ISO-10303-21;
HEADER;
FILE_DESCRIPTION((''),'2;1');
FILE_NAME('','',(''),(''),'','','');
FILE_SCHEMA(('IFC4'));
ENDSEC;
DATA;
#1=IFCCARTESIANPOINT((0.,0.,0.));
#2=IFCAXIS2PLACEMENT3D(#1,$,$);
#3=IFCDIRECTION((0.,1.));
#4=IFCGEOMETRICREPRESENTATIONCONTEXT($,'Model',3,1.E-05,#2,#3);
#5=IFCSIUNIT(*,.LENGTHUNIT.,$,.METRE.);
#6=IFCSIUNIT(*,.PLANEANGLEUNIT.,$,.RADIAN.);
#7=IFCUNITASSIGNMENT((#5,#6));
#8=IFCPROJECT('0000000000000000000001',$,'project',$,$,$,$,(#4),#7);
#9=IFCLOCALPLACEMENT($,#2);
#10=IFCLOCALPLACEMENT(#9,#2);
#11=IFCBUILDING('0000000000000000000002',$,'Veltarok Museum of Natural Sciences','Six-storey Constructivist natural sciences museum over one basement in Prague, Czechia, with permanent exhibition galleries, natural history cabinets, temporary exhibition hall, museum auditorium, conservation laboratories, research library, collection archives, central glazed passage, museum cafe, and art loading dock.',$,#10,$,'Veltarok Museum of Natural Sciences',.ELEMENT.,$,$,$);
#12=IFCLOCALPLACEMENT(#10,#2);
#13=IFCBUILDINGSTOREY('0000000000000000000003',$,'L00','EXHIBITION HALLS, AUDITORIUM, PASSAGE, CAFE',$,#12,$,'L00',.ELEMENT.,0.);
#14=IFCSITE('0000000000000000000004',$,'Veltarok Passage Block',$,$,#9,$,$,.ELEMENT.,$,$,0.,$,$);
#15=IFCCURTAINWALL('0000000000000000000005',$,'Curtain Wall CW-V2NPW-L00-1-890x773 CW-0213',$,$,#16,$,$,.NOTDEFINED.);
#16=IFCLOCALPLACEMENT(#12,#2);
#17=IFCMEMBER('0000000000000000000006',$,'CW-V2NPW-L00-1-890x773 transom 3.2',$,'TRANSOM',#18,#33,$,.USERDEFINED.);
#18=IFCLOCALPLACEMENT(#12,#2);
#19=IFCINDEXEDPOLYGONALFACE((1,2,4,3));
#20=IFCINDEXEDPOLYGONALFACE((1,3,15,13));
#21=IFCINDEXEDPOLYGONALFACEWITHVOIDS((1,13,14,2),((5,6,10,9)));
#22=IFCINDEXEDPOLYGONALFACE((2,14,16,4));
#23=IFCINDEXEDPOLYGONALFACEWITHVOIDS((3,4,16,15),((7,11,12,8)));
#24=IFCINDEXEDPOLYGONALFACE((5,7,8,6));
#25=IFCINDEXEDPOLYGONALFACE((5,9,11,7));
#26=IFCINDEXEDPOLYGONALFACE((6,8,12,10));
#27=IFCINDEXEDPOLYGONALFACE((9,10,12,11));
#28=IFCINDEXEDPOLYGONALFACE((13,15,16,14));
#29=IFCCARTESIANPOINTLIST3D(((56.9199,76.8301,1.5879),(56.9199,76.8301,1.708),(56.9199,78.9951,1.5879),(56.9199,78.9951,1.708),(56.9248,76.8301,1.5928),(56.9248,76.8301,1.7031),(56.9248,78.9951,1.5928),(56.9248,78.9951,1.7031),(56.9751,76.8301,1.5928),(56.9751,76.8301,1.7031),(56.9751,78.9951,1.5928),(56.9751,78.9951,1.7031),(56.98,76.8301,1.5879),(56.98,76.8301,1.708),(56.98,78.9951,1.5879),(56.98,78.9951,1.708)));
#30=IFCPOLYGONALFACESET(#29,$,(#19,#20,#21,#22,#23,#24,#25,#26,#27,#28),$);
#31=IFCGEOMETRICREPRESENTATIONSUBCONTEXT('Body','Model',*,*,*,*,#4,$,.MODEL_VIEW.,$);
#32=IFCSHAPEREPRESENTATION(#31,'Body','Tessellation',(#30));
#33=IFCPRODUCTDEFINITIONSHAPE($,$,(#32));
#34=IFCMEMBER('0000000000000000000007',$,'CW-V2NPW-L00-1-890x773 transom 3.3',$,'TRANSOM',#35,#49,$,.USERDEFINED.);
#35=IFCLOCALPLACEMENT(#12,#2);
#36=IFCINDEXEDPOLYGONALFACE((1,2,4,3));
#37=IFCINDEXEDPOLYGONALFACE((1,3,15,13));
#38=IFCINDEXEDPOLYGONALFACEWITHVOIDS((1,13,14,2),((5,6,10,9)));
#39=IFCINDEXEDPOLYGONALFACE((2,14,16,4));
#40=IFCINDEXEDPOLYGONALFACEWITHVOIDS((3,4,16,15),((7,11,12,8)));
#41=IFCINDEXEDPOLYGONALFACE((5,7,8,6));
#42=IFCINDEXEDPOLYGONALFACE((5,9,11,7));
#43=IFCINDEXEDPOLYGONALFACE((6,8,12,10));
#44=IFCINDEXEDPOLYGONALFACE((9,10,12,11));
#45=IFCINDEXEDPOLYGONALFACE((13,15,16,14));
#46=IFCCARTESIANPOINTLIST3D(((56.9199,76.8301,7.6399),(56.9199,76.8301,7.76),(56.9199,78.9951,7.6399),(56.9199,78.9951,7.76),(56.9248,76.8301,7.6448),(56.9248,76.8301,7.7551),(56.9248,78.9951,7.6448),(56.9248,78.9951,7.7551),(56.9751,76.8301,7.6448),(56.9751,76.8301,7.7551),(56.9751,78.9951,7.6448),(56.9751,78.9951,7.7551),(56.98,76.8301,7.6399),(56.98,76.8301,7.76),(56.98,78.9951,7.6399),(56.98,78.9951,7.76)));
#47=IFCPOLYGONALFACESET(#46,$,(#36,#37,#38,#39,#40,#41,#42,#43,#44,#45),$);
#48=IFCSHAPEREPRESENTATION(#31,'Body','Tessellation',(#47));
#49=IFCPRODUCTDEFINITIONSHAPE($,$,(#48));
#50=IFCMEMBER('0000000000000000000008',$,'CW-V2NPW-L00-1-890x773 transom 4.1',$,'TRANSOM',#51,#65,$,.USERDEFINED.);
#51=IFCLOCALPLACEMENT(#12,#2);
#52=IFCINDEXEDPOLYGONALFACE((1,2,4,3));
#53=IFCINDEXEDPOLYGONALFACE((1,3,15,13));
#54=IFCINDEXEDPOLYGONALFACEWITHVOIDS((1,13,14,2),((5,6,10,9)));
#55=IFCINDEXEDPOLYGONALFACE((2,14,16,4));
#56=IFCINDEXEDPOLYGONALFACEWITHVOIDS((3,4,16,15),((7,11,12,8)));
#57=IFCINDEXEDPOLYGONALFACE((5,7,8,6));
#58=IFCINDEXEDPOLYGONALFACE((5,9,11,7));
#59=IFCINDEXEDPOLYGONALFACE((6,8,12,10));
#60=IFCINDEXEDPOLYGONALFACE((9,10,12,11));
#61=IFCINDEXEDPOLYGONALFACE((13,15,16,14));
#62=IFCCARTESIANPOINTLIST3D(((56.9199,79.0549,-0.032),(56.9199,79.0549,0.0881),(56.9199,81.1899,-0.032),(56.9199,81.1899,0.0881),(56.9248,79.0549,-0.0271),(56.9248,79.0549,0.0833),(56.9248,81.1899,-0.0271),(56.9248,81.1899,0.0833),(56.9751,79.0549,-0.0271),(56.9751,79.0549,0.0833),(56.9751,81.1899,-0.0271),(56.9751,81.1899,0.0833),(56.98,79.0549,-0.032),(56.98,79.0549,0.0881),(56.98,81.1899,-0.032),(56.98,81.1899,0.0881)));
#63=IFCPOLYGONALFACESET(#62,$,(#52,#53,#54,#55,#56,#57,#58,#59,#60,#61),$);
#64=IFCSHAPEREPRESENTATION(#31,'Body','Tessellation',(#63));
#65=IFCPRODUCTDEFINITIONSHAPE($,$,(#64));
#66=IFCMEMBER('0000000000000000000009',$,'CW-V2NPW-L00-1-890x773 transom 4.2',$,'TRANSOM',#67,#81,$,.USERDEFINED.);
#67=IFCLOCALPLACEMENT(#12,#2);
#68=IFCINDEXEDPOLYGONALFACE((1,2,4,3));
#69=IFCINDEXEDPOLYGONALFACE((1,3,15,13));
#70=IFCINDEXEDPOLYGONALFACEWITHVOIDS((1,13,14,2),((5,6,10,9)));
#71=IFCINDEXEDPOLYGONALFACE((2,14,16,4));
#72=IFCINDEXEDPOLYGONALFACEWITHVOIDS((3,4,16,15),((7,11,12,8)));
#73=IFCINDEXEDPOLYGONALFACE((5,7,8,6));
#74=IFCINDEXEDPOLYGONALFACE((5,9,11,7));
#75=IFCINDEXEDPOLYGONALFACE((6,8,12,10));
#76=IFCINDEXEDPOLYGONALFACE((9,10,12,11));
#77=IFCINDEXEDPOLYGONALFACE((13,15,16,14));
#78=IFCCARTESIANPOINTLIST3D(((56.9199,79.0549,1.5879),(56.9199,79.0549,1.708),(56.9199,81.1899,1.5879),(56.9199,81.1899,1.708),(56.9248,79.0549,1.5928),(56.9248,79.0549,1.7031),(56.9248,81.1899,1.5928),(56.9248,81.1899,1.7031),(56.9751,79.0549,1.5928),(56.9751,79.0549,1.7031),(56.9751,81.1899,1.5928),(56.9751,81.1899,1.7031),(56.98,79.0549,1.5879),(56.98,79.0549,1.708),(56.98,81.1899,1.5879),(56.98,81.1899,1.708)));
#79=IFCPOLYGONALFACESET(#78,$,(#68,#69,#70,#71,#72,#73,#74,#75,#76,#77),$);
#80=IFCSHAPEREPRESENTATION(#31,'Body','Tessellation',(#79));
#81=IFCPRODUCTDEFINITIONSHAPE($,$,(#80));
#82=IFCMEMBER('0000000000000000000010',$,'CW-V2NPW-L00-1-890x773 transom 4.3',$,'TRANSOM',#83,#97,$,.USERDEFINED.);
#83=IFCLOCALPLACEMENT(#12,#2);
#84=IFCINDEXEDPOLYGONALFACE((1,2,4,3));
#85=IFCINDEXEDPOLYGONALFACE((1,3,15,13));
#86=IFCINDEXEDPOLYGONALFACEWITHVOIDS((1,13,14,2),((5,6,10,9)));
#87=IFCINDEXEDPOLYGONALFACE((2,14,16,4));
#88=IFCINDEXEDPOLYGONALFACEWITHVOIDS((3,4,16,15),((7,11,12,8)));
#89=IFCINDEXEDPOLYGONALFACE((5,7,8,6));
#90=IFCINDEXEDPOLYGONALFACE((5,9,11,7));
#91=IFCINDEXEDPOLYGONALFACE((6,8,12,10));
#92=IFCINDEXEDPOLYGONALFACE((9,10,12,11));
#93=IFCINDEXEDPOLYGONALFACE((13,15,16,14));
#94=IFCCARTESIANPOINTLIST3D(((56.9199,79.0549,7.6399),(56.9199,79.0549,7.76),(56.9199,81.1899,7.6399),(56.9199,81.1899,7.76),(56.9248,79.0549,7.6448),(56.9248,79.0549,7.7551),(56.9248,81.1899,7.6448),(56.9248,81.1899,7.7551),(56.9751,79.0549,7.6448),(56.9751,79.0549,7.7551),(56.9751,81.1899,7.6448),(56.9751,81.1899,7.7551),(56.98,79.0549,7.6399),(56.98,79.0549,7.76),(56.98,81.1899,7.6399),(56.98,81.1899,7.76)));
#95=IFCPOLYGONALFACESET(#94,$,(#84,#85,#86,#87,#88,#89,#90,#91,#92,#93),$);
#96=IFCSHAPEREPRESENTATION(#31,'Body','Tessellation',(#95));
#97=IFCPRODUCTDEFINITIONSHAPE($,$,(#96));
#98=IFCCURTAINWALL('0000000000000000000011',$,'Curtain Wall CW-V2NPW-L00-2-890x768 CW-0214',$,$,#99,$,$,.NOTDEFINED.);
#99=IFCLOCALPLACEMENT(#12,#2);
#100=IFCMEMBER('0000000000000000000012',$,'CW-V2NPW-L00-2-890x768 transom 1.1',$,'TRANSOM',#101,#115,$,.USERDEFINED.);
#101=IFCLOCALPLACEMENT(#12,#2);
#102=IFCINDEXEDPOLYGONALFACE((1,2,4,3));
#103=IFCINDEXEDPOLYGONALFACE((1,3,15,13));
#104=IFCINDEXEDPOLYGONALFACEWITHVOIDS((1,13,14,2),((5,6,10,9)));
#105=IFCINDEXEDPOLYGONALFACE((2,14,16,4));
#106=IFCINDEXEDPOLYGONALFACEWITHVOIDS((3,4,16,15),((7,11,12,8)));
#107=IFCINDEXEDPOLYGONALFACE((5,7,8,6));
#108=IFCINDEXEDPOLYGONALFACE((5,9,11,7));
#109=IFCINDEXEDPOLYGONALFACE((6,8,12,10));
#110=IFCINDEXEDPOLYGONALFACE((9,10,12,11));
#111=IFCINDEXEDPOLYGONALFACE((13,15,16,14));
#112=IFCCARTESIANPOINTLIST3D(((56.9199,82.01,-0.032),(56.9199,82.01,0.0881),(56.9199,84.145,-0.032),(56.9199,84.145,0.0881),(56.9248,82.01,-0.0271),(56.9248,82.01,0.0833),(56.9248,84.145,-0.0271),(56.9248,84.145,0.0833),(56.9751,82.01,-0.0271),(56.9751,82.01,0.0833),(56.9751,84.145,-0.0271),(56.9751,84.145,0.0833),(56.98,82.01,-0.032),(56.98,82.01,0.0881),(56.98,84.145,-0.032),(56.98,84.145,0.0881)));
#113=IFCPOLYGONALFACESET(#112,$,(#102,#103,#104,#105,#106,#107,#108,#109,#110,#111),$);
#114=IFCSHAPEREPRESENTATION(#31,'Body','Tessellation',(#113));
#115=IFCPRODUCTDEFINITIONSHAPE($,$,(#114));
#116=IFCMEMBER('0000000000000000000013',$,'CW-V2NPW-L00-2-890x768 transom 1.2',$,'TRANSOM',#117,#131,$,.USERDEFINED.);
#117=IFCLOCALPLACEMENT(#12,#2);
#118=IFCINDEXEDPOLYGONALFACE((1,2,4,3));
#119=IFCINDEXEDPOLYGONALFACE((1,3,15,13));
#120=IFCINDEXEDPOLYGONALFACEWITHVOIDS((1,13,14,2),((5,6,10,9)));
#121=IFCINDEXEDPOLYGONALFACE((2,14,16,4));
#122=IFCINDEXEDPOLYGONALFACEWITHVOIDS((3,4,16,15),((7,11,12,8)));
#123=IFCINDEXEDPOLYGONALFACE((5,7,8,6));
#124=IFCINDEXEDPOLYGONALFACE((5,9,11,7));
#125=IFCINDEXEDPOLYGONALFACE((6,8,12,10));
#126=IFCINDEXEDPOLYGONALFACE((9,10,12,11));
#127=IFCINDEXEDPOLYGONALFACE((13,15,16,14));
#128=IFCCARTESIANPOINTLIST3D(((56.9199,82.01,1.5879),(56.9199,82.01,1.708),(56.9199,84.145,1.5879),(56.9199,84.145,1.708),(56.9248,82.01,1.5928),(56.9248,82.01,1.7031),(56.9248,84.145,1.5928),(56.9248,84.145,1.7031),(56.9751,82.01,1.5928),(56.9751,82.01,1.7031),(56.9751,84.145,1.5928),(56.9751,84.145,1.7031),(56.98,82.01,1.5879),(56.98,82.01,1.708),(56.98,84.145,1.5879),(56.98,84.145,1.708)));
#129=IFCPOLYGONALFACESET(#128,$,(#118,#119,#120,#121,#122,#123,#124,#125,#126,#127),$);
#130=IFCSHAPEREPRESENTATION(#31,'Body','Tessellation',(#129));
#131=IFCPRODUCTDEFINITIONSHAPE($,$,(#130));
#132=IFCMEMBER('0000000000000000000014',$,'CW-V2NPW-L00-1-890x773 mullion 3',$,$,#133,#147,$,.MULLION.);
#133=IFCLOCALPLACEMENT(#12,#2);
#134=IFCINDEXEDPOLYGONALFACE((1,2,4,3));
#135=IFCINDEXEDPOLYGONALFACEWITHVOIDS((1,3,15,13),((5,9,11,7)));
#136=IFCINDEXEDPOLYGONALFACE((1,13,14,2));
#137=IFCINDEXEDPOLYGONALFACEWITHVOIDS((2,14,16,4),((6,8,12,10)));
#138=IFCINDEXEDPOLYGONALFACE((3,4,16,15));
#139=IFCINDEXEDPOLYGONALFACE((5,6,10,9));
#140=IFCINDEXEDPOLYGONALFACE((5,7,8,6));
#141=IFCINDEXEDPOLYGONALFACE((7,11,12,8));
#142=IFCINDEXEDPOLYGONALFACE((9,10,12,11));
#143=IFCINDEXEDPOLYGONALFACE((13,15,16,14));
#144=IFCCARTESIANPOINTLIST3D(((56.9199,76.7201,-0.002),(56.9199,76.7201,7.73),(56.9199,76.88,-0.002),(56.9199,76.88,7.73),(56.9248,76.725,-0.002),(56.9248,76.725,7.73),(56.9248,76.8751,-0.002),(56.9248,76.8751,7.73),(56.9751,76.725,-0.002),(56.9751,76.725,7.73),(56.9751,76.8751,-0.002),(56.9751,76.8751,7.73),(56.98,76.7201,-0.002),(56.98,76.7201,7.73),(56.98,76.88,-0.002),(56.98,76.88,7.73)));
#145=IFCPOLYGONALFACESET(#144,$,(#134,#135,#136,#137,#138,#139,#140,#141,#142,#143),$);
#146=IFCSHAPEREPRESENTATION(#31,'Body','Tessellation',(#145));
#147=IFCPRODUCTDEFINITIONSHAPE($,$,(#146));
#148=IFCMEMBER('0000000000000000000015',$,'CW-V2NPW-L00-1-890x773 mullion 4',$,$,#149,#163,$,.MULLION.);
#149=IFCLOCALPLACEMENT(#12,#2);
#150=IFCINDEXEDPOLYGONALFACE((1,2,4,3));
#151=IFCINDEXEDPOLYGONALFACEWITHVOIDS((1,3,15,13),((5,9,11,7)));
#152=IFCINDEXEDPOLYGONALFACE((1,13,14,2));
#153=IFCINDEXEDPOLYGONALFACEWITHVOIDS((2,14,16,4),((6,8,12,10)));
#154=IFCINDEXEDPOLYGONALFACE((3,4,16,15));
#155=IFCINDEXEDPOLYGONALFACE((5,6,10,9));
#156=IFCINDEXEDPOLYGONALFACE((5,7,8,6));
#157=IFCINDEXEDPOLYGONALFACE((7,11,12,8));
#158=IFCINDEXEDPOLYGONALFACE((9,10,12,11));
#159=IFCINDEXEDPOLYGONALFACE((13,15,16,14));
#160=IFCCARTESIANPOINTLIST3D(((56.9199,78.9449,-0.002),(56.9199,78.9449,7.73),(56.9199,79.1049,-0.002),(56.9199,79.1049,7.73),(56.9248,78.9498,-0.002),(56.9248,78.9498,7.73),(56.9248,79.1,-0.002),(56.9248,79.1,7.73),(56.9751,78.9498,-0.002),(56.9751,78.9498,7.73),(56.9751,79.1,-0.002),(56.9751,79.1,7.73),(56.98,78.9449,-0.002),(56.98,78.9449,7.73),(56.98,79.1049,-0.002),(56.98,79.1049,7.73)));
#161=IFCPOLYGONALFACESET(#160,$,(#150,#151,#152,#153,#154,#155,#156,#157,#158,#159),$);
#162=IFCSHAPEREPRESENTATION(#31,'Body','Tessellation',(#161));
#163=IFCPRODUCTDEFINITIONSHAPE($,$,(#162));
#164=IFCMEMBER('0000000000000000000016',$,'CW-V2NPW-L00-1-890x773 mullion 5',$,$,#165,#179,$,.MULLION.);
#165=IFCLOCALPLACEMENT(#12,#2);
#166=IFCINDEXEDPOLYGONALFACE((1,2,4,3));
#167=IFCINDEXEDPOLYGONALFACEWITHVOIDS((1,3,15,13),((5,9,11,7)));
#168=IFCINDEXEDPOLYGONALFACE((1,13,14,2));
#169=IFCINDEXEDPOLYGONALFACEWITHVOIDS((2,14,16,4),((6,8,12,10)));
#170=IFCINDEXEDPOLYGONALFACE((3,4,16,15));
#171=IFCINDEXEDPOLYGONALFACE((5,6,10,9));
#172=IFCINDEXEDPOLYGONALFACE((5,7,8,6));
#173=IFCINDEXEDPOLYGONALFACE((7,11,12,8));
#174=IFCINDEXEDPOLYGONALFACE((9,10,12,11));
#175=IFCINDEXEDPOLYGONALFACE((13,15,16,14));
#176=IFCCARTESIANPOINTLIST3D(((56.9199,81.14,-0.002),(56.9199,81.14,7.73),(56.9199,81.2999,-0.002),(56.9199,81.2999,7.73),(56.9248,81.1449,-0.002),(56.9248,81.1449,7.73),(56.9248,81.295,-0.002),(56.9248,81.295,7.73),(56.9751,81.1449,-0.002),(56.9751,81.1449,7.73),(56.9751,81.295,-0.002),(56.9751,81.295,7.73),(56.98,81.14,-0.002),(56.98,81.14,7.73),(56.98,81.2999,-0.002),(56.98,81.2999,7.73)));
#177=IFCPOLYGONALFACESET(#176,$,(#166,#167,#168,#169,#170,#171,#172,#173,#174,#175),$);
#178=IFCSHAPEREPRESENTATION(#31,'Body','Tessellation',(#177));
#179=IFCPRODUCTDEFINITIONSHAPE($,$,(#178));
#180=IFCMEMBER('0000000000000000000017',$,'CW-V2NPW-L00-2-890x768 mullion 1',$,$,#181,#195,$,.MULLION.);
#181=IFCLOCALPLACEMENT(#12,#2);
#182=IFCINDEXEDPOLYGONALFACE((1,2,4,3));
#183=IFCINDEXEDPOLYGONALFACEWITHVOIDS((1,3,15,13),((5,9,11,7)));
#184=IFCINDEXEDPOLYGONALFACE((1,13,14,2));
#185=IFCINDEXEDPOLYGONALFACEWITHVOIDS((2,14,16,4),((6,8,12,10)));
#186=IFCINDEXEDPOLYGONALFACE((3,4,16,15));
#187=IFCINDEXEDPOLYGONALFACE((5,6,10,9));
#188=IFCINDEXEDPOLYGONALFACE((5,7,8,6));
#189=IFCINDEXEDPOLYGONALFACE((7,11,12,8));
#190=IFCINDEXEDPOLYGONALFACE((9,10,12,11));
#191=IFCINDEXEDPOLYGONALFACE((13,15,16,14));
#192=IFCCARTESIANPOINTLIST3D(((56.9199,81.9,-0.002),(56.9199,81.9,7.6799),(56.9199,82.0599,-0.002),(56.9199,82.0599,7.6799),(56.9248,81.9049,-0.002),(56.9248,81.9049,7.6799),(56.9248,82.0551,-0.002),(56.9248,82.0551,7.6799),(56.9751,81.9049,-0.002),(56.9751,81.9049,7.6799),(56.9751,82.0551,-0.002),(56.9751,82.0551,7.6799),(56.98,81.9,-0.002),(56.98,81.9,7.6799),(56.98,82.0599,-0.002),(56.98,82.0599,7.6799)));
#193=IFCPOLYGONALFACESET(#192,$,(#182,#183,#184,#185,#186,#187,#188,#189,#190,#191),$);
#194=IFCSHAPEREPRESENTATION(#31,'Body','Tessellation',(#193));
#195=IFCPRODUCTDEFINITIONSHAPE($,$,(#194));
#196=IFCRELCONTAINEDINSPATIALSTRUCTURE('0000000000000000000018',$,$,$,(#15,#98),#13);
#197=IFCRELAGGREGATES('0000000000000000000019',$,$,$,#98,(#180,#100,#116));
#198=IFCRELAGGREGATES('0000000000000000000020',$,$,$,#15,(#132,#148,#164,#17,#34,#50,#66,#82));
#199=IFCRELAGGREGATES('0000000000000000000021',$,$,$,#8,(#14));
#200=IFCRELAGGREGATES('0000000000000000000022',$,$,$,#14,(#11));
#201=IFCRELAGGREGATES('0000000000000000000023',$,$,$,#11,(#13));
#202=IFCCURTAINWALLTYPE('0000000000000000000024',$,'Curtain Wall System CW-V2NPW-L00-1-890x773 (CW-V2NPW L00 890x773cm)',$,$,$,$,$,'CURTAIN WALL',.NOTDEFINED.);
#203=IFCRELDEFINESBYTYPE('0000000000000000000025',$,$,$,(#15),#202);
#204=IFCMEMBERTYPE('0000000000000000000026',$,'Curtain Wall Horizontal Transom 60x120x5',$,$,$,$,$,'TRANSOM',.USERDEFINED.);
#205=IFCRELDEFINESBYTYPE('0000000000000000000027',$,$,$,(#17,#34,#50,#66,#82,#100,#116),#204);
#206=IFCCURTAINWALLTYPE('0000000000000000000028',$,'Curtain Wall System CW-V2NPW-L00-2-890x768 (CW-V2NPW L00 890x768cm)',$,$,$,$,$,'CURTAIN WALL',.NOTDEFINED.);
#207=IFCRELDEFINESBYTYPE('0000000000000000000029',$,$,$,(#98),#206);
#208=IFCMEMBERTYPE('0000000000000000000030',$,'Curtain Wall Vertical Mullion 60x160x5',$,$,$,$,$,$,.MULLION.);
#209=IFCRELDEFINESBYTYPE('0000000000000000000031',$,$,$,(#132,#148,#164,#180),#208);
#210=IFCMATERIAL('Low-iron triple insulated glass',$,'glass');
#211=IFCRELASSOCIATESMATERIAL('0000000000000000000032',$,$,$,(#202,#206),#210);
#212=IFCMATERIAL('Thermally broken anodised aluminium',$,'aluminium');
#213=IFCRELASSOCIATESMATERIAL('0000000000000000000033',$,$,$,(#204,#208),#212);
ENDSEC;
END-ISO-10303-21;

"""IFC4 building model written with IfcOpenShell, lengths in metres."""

from ifc_helpers import new_model, si_unit, direction, frame, origin, origin_2d, place, context, subcontext, project, spatial, hollow_rectangle, extrude, material, material_profile, profile_set, type_object, element, aggregate, save


model = new_model("IFC4")

# Units and contexts
model_context = context("Model", 3, precision=1e-05, world=origin(), true_north=direction((0.0, 1.0)))
body_context = subcontext(model_context, "Body", "Model", "MODEL_VIEW")
ifc_project = project(units=[si_unit("LENGTHUNIT", "METRE"), si_unit("PLANEANGLEUNIT", "RADIAN")], contexts=[model_context])

# Site, building, storey
site_placement = place(None, origin())
site = spatial("IfcSite", under=ifc_project, at=site_placement, Name="Veltarok Passage Block", CompositionType="ELEMENT", RefElevation=0.0)
building_placement = place(site_placement, origin())
building = spatial("IfcBuilding", under=site, at=building_placement, Name="Veltarok Museum of Natural Sciences", Description="Six-storey Constructivist natural sciences museum over one basement in Prague, Czechia, with permanent exhibition galleries, natural history cabinets, temporary exhibition hall, museum auditorium, conservation laboratories, research library, collection archives, central glazed passage, museum cafe, and art loading dock.", LongName="Veltarok Museum of Natural Sciences", CompositionType="ELEMENT")
storey_placement = place(building_placement, origin())
storey = spatial("IfcBuildingStorey", under=building, at=storey_placement, Name="L00", Description="EXHIBITION HALLS, AUDITORIUM, PASSAGE, CAFE", LongName="L00", CompositionType="ELEMENT", Elevation=0.0)

# Curtain walls, members
ifc_material_1 = material(Name="Low-iron triple insulated glass", Category="glass")
curtain_wall_type_1 = type_object("IfcCurtainWallType", Name="Curtain Wall System CW-V2NPW-L00-1-890x773 (CW-V2NPW L00 890x773cm)", ElementType="CURTAIN WALL", PredefinedType="NOTDEFINED", material=ifc_material_1)
curtain_wall_1_placement = place(storey_placement, origin())
curtain_wall_1 = element("IfcCurtainWall", 1, at=curtain_wall_1_placement, inside=storey, type_object=curtain_wall_type_1, Name="Curtain Wall CW-V2NPW-L00-1-890x773 CW-0213", PredefinedType="NOTDEFINED")
ifc_material_2 = material(Name="Thermally broken anodised aluminium", Category="aluminium")
ifc_material_profile_1 = material_profile(ifc_material_2, hollow_rectangle(XDim=0.0601, YDim=0.1201, WallThickness=0.0049, at=origin_2d()), Name="CW TRANSOM 60x120x5")
ifc_profile_set_1 = profile_set([ifc_material_profile_1], Name="Thermally broken anodised aluminium")
member_type_1 = type_object("IfcMemberType", Name="Curtain Wall Horizontal Transom 60x120x5", ElementType="TRANSOM", PredefinedType="USERDEFINED", material=ifc_profile_set_1)
member_1_placement = place(storey_placement, frame((56.95, 76.8301, 1.6479), z_axis=(0.0, 1.0, 0.0), x_axis=(-1.0, 0.0, 0.0)))
member_1 = element("IfcMember", 2, at=member_1_placement, type_object=member_type_1, Name="CW-V2NPW-L00-1-890x773 transom 3.2", ObjectType="TRANSOM", PredefinedType="USERDEFINED", context=body_context, shape_type="SweptSolid", body=[
    extrude(hollow_rectangle(XDim=0.0601, YDim=0.1201, WallThickness=0.0049, at=origin_2d()), origin(), (0.0, 0.0, 1.0), 2.165),
])
member_2_placement = place(storey_placement, frame((56.95, 76.8301, 7.7), z_axis=(0.0, 1.0, 0.0), x_axis=(-1.0, 0.0, 0.0)))
member_2 = element("IfcMember", 3, at=member_2_placement, type_object=member_type_1, Name="CW-V2NPW-L00-1-890x773 transom 3.3", ObjectType="TRANSOM", PredefinedType="USERDEFINED", context=body_context, shape_type="SweptSolid", body=[
    extrude(hollow_rectangle(XDim=0.0601, YDim=0.1201, WallThickness=0.0049, at=origin_2d()), origin(), (0.0, 0.0, 1.0), 2.165),
])
member_3_placement = place(storey_placement, frame((56.95, 79.0549, 0.0281), z_axis=(0.0, 1.0, 0.0), x_axis=(-1.0, 0.0, 0.0)))
member_3 = element("IfcMember", 4, at=member_3_placement, type_object=member_type_1, Name="CW-V2NPW-L00-1-890x773 transom 4.1", ObjectType="TRANSOM", PredefinedType="USERDEFINED", context=body_context, shape_type="SweptSolid", body=[
    extrude(hollow_rectangle(XDim=0.0601, YDim=0.1201, WallThickness=0.0049, at=origin_2d()), origin(), (0.0, 0.0, 1.0), 2.135),
])
member_4_placement = place(storey_placement, frame((56.95, 79.0549, 1.6479), z_axis=(0.0, 1.0, 0.0), x_axis=(-1.0, 0.0, 0.0)))
member_4 = element("IfcMember", 5, at=member_4_placement, type_object=member_type_1, Name="CW-V2NPW-L00-1-890x773 transom 4.2", ObjectType="TRANSOM", PredefinedType="USERDEFINED", context=body_context, shape_type="SweptSolid", body=[
    extrude(hollow_rectangle(XDim=0.0601, YDim=0.1201, WallThickness=0.0049, at=origin_2d()), origin(), (0.0, 0.0, 1.0), 2.135),
])
member_5_placement = place(storey_placement, frame((56.95, 79.0549, 7.7), z_axis=(0.0, 1.0, 0.0), x_axis=(-1.0, 0.0, 0.0)))
member_5 = element("IfcMember", 6, at=member_5_placement, type_object=member_type_1, Name="CW-V2NPW-L00-1-890x773 transom 4.3", ObjectType="TRANSOM", PredefinedType="USERDEFINED", context=body_context, shape_type="SweptSolid", body=[
    extrude(hollow_rectangle(XDim=0.0601, YDim=0.1201, WallThickness=0.0049, at=origin_2d()), origin(), (0.0, 0.0, 1.0), 2.135),
])
curtain_wall_type_2 = type_object("IfcCurtainWallType", Name="Curtain Wall System CW-V2NPW-L00-2-890x768 (CW-V2NPW L00 890x768cm)", ElementType="CURTAIN WALL", PredefinedType="NOTDEFINED", material=ifc_material_1)
curtain_wall_2_placement = place(storey_placement, origin())
curtain_wall_2 = element("IfcCurtainWall", 7, at=curtain_wall_2_placement, inside=storey, type_object=curtain_wall_type_2, Name="Curtain Wall CW-V2NPW-L00-2-890x768 CW-0214", PredefinedType="NOTDEFINED")
member_6_placement = place(storey_placement, frame((56.95, 82.01, 0.0281), z_axis=(0.0, 1.0, 0.0), x_axis=(-1.0, 0.0, 0.0)))
member_6 = element("IfcMember", 8, at=member_6_placement, type_object=member_type_1, Name="CW-V2NPW-L00-2-890x768 transom 1.1", ObjectType="TRANSOM", PredefinedType="USERDEFINED", context=body_context, shape_type="SweptSolid", body=[
    extrude(hollow_rectangle(XDim=0.0601, YDim=0.1201, WallThickness=0.0049, at=origin_2d()), origin(), (0.0, 0.0, 1.0), 2.135),
])
member_7_placement = place(storey_placement, frame((56.95, 82.01, 1.6479), z_axis=(0.0, 1.0, 0.0), x_axis=(-1.0, 0.0, 0.0)))
member_7 = element("IfcMember", 9, at=member_7_placement, type_object=member_type_1, Name="CW-V2NPW-L00-2-890x768 transom 1.2", ObjectType="TRANSOM", PredefinedType="USERDEFINED", context=body_context, shape_type="SweptSolid", body=[
    extrude(hollow_rectangle(XDim=0.0601, YDim=0.1201, WallThickness=0.0049, at=origin_2d()), origin(), (0.0, 0.0, 1.0), 2.135),
])

# Members
ifc_material_profile_2 = material_profile(ifc_material_2, hollow_rectangle(XDim=0.0601, YDim=0.1599, WallThickness=0.0049, at=origin_2d()), Name="CW MULLION 60x160x5")
ifc_profile_set_2 = profile_set([ifc_material_profile_2], Name="Thermally broken anodised aluminium")
member_type_2 = type_object("IfcMemberType", Name="Curtain Wall Vertical Mullion 60x160x5", PredefinedType="MULLION", material=ifc_profile_set_2)
member_8_placement = place(storey_placement, frame((56.95, 76.8, -0.002), z_axis=(0.0, 0.0, 1.0), x_axis=(-1.0, 0.0, 0.0)))
member_8 = element("IfcMember", 10, at=member_8_placement, type_object=member_type_2, Name="CW-V2NPW-L00-1-890x773 mullion 3", PredefinedType="MULLION", context=body_context, shape_type="SweptSolid", body=[
    extrude(hollow_rectangle(XDim=0.0601, YDim=0.1599, WallThickness=0.0049, at=origin_2d()), origin(), (0.0, 0.0, 1.0), 7.7319),
])
member_9_placement = place(storey_placement, frame((56.95, 79.0249, -0.002), z_axis=(0.0, 0.0, 1.0), x_axis=(-1.0, 0.0, 0.0)))
member_9 = element("IfcMember", 11, at=member_9_placement, type_object=member_type_2, Name="CW-V2NPW-L00-1-890x773 mullion 4", PredefinedType="MULLION", context=body_context, shape_type="SweptSolid", body=[
    extrude(hollow_rectangle(XDim=0.0601, YDim=0.1599, WallThickness=0.0049, at=origin_2d()), origin(), (0.0, 0.0, 1.0), 7.7319),
])
member_10_placement = place(storey_placement, frame((56.95, 81.22, -0.002), z_axis=(0.0, 0.0, 1.0), x_axis=(-1.0, 0.0, 0.0)))
member_10 = element("IfcMember", 12, at=member_10_placement, type_object=member_type_2, Name="CW-V2NPW-L00-1-890x773 mullion 5", PredefinedType="MULLION", context=body_context, shape_type="SweptSolid", body=[
    extrude(hollow_rectangle(XDim=0.0601, YDim=0.1599, WallThickness=0.0049, at=origin_2d()), origin(), (0.0, 0.0, 1.0), 7.7319),
])
member_11_placement = place(storey_placement, frame((56.95, 81.98, -0.002), z_axis=(0.0, 0.0, 1.0), x_axis=(-1.0, 0.0, 0.0)))
member_11 = element("IfcMember", 13, at=member_11_placement, type_object=member_type_2, Name="CW-V2NPW-L00-2-890x768 mullion 1", PredefinedType="MULLION", context=body_context, shape_type="SweptSolid", body=[
    extrude(hollow_rectangle(XDim=0.0601, YDim=0.1599, WallThickness=0.0049, at=origin_2d()), origin(), (0.0, 0.0, 1.0), 7.6819),
])
aggregate(curtain_wall_2, [member_11, member_6, member_7])

aggregate(curtain_wall_1, [member_8, member_9, member_10, member_1, member_2, member_3, member_4, member_5])

save(model, "model.ifc")
